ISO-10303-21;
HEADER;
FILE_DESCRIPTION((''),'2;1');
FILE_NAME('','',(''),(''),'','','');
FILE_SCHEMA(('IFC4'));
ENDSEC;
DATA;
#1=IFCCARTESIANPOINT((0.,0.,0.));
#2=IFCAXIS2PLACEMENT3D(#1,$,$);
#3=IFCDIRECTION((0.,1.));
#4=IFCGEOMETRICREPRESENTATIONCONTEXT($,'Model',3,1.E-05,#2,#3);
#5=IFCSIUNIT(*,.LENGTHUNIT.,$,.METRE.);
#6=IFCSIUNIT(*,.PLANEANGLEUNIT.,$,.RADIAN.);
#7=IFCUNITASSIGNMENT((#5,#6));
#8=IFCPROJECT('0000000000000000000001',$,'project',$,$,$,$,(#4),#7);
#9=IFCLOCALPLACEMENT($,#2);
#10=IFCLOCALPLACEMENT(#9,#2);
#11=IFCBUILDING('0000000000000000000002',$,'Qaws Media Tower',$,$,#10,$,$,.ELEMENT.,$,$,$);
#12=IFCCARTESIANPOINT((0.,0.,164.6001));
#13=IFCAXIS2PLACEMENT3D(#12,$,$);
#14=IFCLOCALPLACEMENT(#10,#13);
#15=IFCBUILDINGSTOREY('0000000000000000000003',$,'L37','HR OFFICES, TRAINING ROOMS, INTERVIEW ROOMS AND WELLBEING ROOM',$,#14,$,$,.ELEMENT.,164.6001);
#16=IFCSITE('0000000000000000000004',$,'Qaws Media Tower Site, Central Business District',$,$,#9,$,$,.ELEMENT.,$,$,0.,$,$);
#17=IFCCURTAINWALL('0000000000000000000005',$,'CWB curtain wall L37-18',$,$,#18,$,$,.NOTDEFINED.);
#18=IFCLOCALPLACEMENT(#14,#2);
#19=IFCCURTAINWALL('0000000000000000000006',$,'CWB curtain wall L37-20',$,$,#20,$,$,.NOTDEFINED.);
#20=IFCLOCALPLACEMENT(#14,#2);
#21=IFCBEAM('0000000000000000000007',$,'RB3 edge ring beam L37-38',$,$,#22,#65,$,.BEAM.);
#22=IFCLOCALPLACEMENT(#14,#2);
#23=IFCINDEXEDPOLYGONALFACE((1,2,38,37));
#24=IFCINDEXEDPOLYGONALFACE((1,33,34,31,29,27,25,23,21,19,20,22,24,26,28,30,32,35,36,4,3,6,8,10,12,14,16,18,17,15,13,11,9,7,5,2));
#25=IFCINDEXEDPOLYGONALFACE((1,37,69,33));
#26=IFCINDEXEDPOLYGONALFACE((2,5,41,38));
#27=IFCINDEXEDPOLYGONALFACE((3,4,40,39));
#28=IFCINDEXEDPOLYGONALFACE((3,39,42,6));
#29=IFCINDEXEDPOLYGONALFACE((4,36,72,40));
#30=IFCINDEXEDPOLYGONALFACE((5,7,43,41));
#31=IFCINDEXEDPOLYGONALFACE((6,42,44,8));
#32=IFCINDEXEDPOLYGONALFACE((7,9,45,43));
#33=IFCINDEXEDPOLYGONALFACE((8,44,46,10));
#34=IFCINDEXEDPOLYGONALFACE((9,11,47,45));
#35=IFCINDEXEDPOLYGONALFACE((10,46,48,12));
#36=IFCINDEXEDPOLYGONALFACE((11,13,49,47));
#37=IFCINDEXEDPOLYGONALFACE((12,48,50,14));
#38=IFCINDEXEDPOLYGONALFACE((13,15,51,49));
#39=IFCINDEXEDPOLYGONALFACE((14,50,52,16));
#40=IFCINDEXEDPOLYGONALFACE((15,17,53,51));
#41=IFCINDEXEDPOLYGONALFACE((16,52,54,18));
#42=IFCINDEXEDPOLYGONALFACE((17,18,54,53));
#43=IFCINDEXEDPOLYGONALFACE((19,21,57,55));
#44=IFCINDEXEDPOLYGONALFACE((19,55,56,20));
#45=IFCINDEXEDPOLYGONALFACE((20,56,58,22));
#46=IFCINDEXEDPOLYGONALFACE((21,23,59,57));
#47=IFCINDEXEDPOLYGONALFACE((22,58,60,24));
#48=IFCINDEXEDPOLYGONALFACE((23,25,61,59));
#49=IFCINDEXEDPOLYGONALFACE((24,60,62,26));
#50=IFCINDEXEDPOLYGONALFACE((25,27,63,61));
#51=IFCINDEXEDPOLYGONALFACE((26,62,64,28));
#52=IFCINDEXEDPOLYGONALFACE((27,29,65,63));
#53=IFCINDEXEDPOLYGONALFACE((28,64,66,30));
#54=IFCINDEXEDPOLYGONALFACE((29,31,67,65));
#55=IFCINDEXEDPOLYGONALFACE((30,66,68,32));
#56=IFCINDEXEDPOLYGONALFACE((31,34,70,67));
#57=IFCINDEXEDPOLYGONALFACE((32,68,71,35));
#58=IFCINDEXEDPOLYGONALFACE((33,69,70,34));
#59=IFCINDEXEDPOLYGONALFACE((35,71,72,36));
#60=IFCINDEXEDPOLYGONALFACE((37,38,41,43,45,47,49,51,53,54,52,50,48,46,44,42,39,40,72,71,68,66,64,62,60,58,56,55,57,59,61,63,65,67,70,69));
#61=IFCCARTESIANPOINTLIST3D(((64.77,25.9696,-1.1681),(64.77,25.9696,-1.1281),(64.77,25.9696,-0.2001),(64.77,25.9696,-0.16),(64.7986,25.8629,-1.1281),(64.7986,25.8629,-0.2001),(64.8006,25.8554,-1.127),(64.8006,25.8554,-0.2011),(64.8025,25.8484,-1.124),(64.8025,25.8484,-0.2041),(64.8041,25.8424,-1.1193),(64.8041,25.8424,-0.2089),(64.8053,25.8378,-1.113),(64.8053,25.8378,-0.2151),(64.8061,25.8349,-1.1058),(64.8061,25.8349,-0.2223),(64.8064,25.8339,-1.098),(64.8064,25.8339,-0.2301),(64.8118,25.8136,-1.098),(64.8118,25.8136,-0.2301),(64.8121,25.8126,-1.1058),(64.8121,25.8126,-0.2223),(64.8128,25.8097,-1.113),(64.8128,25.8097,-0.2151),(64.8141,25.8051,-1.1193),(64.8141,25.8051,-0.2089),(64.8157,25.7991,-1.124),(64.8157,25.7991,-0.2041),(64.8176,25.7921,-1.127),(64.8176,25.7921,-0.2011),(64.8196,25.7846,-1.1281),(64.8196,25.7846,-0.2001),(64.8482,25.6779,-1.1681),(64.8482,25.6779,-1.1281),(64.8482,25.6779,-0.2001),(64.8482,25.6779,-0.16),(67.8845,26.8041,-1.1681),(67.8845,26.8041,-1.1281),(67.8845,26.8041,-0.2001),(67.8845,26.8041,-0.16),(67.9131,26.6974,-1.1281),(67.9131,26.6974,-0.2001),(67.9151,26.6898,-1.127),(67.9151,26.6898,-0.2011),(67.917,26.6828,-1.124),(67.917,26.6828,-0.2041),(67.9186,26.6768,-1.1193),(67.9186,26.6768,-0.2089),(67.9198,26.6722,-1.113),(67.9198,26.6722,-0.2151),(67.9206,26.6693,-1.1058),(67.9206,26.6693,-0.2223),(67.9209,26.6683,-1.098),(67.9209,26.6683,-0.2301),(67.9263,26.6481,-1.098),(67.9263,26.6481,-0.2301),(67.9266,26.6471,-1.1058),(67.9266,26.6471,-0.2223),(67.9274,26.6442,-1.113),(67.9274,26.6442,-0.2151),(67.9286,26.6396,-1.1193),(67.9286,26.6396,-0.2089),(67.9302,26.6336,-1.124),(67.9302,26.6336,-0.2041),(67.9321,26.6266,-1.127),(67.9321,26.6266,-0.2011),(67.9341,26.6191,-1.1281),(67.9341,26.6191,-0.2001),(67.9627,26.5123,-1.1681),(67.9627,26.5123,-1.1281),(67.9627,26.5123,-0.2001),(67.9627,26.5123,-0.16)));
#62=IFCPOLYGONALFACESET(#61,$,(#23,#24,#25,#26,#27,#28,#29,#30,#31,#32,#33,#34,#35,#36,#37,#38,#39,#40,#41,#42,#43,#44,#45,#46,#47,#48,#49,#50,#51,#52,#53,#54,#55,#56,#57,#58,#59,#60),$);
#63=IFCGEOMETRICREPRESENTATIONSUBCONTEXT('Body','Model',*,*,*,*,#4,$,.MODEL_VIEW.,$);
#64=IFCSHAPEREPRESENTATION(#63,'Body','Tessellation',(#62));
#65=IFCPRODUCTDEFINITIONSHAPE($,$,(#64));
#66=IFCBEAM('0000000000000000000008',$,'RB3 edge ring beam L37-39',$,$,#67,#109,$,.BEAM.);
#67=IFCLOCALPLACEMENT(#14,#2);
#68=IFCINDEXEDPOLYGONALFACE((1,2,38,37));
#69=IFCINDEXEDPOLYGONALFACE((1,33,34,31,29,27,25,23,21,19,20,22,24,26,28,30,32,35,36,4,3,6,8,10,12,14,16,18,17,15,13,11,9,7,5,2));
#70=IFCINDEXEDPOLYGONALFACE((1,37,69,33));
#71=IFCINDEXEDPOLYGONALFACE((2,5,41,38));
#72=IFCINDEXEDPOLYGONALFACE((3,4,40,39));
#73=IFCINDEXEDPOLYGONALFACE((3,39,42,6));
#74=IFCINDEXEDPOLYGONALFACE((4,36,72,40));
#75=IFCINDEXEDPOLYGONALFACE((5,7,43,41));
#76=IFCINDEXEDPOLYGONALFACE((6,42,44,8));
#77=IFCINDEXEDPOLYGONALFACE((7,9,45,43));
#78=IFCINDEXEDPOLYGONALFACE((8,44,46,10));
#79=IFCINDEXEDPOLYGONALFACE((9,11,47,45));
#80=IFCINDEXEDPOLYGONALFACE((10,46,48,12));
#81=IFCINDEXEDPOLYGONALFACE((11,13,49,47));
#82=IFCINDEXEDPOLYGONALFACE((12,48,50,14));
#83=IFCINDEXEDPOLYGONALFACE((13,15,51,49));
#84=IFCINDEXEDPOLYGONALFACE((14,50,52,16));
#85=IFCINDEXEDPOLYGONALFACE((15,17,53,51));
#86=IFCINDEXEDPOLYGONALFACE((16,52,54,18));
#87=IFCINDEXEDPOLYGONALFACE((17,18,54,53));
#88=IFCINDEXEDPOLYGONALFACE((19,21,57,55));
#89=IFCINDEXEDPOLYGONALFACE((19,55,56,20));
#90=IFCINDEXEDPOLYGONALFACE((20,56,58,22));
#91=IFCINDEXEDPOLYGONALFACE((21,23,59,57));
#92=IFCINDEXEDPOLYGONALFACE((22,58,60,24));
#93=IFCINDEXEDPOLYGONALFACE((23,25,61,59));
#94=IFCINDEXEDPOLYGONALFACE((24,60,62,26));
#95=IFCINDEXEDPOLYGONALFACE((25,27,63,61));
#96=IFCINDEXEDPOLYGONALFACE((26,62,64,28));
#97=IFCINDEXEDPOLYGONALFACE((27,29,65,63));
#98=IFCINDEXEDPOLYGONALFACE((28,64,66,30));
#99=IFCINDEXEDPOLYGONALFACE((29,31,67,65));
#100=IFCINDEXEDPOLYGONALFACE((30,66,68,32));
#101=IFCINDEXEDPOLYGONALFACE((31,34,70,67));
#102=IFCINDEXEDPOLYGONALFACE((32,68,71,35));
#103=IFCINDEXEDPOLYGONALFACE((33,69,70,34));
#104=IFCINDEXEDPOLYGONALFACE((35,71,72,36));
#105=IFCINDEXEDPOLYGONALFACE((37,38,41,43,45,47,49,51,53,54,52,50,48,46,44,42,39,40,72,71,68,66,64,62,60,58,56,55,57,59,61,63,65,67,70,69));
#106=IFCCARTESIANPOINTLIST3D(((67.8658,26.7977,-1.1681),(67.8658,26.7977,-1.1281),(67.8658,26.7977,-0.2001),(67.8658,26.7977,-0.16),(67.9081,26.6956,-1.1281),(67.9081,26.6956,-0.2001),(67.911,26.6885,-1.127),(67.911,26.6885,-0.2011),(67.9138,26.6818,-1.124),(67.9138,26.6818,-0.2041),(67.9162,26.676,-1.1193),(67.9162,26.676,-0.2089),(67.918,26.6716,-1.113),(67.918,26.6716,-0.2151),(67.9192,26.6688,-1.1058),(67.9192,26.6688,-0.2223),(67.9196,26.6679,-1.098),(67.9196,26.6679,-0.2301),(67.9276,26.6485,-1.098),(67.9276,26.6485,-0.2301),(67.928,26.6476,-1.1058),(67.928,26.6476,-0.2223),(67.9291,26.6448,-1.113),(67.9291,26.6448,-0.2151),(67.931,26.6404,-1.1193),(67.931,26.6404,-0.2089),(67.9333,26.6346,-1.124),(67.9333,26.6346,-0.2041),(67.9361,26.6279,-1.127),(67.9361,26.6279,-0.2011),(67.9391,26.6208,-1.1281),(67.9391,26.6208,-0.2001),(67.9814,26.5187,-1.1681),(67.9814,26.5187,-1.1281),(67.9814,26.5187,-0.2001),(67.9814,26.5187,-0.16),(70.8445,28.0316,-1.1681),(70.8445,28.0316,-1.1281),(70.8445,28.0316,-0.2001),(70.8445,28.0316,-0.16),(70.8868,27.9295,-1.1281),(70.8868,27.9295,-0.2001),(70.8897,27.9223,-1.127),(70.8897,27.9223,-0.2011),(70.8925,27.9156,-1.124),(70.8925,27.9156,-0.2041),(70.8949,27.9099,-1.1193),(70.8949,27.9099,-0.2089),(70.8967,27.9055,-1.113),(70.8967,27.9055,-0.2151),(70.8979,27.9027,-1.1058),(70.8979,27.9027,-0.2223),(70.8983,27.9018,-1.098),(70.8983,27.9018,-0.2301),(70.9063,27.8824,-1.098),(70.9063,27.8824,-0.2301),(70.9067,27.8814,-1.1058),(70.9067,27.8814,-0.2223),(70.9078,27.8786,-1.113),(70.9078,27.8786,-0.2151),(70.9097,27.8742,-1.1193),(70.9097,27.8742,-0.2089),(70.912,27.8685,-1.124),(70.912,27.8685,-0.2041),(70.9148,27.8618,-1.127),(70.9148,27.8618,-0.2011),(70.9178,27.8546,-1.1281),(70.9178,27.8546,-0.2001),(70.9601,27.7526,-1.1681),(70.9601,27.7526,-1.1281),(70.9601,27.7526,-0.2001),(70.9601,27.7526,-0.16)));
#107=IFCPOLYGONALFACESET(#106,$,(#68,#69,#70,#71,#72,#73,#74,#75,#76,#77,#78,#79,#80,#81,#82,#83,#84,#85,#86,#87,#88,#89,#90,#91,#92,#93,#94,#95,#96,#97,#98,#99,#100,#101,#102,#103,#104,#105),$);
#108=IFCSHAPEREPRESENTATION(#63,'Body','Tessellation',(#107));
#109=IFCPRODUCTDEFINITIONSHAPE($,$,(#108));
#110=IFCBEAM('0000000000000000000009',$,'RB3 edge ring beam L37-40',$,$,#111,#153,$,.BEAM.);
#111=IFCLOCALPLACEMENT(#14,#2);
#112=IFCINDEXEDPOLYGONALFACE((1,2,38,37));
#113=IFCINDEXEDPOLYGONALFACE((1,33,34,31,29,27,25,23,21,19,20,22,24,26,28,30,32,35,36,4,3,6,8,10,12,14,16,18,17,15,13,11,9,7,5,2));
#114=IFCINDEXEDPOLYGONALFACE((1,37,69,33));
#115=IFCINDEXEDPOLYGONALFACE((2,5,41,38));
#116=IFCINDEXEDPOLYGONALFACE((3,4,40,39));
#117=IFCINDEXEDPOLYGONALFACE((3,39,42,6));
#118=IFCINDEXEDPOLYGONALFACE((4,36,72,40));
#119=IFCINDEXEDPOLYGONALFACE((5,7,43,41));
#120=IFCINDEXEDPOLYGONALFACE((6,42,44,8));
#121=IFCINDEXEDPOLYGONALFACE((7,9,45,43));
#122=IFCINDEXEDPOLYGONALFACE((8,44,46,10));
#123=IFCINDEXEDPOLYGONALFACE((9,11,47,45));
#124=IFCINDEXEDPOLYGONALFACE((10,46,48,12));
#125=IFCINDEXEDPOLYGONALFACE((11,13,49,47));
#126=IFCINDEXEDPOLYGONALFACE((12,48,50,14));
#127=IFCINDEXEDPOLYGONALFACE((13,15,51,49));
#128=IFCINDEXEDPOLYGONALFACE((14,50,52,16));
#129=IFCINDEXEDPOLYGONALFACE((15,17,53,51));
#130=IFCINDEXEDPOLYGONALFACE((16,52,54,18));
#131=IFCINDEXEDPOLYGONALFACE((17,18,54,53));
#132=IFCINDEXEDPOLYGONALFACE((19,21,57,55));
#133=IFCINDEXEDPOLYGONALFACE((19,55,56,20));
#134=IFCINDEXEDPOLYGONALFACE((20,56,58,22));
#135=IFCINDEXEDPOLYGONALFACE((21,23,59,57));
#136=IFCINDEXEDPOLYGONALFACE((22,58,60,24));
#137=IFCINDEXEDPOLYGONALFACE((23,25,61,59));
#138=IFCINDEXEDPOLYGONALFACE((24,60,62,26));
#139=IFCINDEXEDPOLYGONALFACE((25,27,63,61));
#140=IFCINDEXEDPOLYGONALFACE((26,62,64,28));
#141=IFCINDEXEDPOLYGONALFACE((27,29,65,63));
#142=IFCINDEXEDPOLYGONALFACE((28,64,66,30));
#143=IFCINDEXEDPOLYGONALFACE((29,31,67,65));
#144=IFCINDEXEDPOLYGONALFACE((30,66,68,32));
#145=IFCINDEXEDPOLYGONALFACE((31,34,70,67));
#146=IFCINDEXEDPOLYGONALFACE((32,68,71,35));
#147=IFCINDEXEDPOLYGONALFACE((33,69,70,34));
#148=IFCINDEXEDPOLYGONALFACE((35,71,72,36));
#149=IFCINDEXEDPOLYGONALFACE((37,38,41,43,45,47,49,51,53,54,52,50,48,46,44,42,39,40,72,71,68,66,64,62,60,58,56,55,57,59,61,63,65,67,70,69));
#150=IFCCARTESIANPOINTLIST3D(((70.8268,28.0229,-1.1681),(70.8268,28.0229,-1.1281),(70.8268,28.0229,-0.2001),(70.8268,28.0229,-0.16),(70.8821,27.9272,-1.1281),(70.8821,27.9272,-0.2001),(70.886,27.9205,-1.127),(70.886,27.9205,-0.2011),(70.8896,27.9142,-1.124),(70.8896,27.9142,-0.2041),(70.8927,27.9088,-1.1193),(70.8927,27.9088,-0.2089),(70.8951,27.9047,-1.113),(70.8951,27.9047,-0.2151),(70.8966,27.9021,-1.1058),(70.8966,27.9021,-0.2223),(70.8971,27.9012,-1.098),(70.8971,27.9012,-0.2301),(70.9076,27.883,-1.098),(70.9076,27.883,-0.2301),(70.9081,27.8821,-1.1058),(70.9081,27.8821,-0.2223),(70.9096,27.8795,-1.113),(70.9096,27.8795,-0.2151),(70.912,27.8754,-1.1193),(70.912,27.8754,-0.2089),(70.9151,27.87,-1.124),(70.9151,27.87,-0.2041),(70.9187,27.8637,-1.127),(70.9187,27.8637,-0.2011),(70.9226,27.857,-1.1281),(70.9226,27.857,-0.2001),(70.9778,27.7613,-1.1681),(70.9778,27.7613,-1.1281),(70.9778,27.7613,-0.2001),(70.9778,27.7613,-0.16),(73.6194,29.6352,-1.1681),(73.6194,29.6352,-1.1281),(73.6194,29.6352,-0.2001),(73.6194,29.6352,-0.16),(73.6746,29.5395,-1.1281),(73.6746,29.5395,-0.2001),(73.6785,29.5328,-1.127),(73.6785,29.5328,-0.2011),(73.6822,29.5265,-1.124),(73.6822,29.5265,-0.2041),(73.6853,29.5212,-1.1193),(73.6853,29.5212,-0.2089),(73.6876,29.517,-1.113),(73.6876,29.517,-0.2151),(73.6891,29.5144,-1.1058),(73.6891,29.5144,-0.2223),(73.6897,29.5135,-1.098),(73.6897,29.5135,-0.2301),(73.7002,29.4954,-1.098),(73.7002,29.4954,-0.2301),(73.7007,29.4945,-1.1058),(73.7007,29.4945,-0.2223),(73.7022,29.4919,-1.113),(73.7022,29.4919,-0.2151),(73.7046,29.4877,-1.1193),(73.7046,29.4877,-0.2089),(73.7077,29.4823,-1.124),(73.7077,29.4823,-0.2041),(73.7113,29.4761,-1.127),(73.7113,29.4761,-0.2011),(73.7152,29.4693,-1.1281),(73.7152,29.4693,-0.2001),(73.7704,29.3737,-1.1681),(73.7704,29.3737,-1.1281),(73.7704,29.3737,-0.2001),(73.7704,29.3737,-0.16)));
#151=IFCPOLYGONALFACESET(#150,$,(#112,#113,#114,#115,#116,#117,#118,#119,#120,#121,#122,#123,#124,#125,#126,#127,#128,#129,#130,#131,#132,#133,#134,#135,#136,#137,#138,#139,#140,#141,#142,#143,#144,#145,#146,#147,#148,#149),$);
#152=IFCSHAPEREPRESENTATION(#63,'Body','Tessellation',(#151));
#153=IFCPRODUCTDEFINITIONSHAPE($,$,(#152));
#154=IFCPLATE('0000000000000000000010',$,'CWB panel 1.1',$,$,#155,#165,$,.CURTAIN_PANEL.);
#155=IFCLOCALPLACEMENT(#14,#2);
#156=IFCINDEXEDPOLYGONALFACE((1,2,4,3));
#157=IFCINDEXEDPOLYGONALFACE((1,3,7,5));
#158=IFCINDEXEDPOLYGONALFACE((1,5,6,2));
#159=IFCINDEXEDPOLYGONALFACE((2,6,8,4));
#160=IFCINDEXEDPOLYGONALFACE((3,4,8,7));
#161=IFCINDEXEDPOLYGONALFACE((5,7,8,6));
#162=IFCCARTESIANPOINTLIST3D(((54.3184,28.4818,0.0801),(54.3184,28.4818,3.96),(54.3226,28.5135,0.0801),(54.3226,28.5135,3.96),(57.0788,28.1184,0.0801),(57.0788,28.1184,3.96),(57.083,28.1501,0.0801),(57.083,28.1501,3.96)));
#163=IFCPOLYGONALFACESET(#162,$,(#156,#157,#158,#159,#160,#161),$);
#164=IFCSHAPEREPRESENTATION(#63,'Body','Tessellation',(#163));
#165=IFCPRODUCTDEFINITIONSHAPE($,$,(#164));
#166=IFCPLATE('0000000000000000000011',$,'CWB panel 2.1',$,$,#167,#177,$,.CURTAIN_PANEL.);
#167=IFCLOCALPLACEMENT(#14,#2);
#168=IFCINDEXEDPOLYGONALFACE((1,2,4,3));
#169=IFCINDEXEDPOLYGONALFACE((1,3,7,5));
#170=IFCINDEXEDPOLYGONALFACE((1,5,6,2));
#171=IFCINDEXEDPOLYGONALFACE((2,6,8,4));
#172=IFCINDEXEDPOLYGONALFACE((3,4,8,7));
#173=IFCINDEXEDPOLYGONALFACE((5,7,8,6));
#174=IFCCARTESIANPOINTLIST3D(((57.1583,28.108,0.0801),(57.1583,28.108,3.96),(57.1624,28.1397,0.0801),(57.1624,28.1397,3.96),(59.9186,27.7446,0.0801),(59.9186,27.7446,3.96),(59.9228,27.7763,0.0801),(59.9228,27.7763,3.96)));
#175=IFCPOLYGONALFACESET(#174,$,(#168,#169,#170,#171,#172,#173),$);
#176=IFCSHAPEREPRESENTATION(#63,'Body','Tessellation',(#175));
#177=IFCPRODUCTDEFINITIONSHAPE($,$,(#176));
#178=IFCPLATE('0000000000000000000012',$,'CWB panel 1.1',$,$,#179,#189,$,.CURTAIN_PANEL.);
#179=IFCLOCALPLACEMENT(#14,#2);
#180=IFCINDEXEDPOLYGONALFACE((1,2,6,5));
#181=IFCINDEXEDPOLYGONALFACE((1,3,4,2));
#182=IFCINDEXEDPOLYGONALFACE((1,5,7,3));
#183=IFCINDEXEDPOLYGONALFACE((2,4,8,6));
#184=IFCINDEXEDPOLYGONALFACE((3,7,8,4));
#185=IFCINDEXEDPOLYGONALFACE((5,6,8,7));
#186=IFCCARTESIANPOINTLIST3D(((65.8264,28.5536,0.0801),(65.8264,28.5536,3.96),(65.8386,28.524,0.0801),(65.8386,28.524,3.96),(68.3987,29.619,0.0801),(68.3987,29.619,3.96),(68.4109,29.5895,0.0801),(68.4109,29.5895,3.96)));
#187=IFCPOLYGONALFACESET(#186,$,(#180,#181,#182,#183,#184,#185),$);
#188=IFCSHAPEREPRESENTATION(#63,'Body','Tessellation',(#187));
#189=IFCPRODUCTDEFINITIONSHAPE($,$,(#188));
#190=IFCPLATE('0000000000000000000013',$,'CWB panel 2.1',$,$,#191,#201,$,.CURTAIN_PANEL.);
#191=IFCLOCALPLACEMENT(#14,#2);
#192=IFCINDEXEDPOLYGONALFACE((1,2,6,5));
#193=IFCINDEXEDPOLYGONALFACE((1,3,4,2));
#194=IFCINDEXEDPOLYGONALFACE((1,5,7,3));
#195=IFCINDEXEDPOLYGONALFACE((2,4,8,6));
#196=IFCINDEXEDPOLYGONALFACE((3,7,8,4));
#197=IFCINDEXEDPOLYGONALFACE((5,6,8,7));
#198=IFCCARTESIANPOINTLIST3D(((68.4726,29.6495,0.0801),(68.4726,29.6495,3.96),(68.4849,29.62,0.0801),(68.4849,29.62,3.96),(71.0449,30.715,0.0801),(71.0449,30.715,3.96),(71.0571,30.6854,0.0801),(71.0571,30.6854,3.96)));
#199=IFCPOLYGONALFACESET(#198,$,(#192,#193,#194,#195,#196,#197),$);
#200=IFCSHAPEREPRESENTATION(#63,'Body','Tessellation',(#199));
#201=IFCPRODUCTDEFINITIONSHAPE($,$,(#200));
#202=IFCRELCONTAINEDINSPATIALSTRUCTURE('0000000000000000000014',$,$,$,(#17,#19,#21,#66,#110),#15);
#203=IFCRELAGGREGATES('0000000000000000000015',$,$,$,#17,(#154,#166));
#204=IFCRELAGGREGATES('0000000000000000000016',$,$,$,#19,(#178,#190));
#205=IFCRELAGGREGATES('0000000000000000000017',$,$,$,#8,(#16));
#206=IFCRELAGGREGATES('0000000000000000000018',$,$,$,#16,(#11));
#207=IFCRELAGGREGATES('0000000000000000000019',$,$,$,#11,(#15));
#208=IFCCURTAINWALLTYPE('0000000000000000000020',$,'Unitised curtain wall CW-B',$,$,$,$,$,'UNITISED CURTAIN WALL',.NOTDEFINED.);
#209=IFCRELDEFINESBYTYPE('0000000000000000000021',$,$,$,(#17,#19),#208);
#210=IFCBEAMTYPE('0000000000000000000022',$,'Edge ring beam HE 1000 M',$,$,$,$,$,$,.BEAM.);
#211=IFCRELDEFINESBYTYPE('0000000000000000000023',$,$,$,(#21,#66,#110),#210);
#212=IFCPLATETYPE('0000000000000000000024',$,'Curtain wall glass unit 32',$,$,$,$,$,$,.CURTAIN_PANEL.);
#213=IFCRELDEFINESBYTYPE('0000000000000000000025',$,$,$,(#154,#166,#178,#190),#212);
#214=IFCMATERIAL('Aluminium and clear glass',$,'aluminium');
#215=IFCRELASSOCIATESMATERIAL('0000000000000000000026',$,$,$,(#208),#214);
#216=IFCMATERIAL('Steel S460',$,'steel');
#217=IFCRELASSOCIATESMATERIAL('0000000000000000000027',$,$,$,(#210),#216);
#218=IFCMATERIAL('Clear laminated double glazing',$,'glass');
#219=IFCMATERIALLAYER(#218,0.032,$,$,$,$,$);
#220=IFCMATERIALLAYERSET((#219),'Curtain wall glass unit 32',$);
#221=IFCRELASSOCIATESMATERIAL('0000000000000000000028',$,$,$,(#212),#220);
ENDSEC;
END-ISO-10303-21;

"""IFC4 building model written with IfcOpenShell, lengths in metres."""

from ifc_helpers import new_model, si_unit, direction, frame, origin, origin_2d, place, context, subcontext, project, spatial, rectangle, i_section, extrude, material, layer, layer_set, material_profile, profile_set, type_object, element, aggregate, save


model = new_model("IFC4")

# Units and contexts
model_context = context("Model", 3, precision=1e-05, world=origin(), true_north=direction((0.0, 1.0)))
body_context = subcontext(model_context, "Body", "Model", "MODEL_VIEW")
ifc_project = project(units=[si_unit("LENGTHUNIT", "METRE"), si_unit("PLANEANGLEUNIT", "RADIAN")], contexts=[model_context])

# Site, building, storey
site_placement = place(None, origin())
site = spatial("IfcSite", under=ifc_project, at=site_placement, Name="Qaws Media Tower Site, Central Business District", CompositionType="ELEMENT", RefElevation=0.0)
building_placement = place(site_placement, origin())
building = spatial("IfcBuilding", under=site, at=building_placement, Name="Qaws Media Tower", CompositionType="ELEMENT")
storey_placement = place(building_placement, frame((0.0, 0.0, 164.6001)))
storey = spatial("IfcBuildingStorey", under=building, at=storey_placement, Name="L37", Description="HR OFFICES, TRAINING ROOMS, INTERVIEW ROOMS AND WELLBEING ROOM", CompositionType="ELEMENT", Elevation=164.6001)

# Curtain walls
ifc_material_1 = material(Name="Aluminium and clear glass", Category="aluminium")
curtain_wall_type = type_object("IfcCurtainWallType", Name="Unitised curtain wall CW-B", ElementType="UNITISED CURTAIN WALL", PredefinedType="NOTDEFINED", material=ifc_material_1)
curtain_wall_1_placement = place(storey_placement, origin())
curtain_wall_1 = element("IfcCurtainWall", 1, at=curtain_wall_1_placement, inside=storey, type_object=curtain_wall_type, Name="CWB curtain wall L37-18", PredefinedType="NOTDEFINED")
curtain_wall_2_placement = place(storey_placement, origin())
curtain_wall_2 = element("IfcCurtainWall", 2, at=curtain_wall_2_placement, inside=storey, type_object=curtain_wall_type, Name="CWB curtain wall L37-20", PredefinedType="NOTDEFINED")

# Beams
ifc_material_2 = material(Name="Steel S460", Category="steel")
ifc_material_profile_1 = material_profile(ifc_material_2, i_section(OverallWidth=0.302, OverallDepth=1.0081, WebThickness=0.021, FlangeThickness=0.04, FilletRadius=0.03, at=origin_2d()), Name="HE 1000 M")
ifc_profile_set_1 = profile_set([ifc_material_profile_1], Name="Steel S460")
beam_type = type_object("IfcBeamType", Name="Edge ring beam HE 1000 M", PredefinedType="BEAM", material=ifc_profile_set_1)
for number, where, z_axis, x_axis, name in (
    (3, (64.8091, 25.8237, -0.6641), (0.96593, 0.258803, 0.0), (-0.258803, 0.96593, 0.0), "RB3 edge ring beam L37-38"),
):
    element("IfcBeam", number, at=place(storey_placement, frame(where, z_axis=z_axis, x_axis=x_axis)), inside=storey, type_object=beam_type, Name=name, PredefinedType="BEAM", context=body_context, shape_type="SweptSolid", body=[
        extrude(i_section(OverallWidth=0.302, OverallDepth=1.0081, WebThickness=0.021, FlangeThickness=0.04, FilletRadius=0.03, at=origin_2d()), origin(), (0.0, 0.0, 1.0), 3.2244),
    ])
beam_1_placement = place(storey_placement, frame((67.9236, 26.6582, -0.6641), z_axis=(0.923875, 0.382695, 0.0), x_axis=(-0.382695, 0.923875, 0.0)))
element("IfcBeam", 4, at=beam_1_placement, inside=storey, type_object=beam_type, Name="RB3 edge ring beam L37-39", PredefinedType="BEAM", context=body_context, shape_type="SweptSolid", body=[
    extrude(i_section(OverallWidth=0.302, OverallDepth=1.0081, WebThickness=0.021, FlangeThickness=0.04, FilletRadius=0.03, at=origin_2d()), origin(), (0.0, 0.0, 1.0), 3.2241),
])
beam_2_placement = place(storey_placement, frame((70.9023, 27.8921, -0.6641), z_axis=(0.866017, 0.500015, 0.0), x_axis=(-0.500015, 0.866017, 0.0)))
element("IfcBeam", 5, at=beam_2_placement, inside=storey, type_object=beam_type, Name="RB3 edge ring beam L37-40", PredefinedType="BEAM", context=body_context, shape_type="SweptSolid", body=[
    extrude(i_section(OverallWidth=0.302, OverallDepth=1.0081, WebThickness=0.021, FlangeThickness=0.04, FilletRadius=0.03, at=origin_2d()), origin(), (0.0, 0.0, 1.0), 3.2246),
])

# Plates
ifc_material_3 = material(Name="Clear laminated double glazing", Category="glass")
ifc_layer_1 = layer(ifc_material_3, 0.032)
ifc_layer_set_1 = layer_set([ifc_layer_1], Name="Curtain wall glass unit 32")
plate_type_1 = type_object("IfcPlateType", Name="Curtain wall glass unit 32", PredefinedType="CURTAIN_PANEL", material=ifc_layer_set_1)
plate_1_placement = place(storey_placement, frame((55.7007, 28.3159, 0.0801), z_axis=(0.0, 0.0, 1.0), x_axis=(0.991445, -0.130526, 0.0)))
plate_1 = element("IfcPlate", 6, at=plate_1_placement, type_object=plate_type_1, Name="CWB panel 1.1", PredefinedType="CURTAIN_PANEL", context=body_context, shape_type="SweptSolid", body=[
    extrude(rectangle(XDim=2.7842, YDim=0.032, at=origin_2d()), origin(), (0.0, 0.0, 1.0), 3.8799),
])
plate_2_placement = place(storey_placement, frame((58.5405, 27.9421, 0.0801), z_axis=(0.0, 0.0, 1.0), x_axis=(0.991445, -0.130526, 0.0)))
plate_2 = element("IfcPlate", 7, at=plate_2_placement, type_object=plate_type_1, Name="CWB panel 2.1", PredefinedType="CURTAIN_PANEL", context=body_context, shape_type="SweptSolid", body=[
    extrude(rectangle(XDim=2.7842, YDim=0.032, at=origin_2d()), origin(), (0.0, 0.0, 1.0), 3.8799),
])
aggregate(curtain_wall_1, [plate_1, plate_2])
plate_3_placement = place(storey_placement, frame((67.1187, 29.0715, 0.0801), z_axis=(0.0, 0.0, 1.0), x_axis=(0.923879, 0.382684, 0.0)))
plate_3 = element("IfcPlate", 8, at=plate_3_placement, type_object=plate_type_1, Name="CWB panel 1.1", PredefinedType="CURTAIN_PANEL", context=body_context, shape_type="SweptSolid", body=[
    extrude(rectangle(XDim=2.7842, YDim=0.032, at=origin_2d()), origin(), (0.0, 0.0, 1.0), 3.8799),
])
plate_4_placement = place(storey_placement, frame((69.7649, 30.1675, 0.0801), z_axis=(0.0, 0.0, 1.0), x_axis=(0.923879, 0.382684, 0.0)))
plate_4 = element("IfcPlate", 9, at=plate_4_placement, type_object=plate_type_1, Name="CWB panel 2.1", PredefinedType="CURTAIN_PANEL", context=body_context, shape_type="SweptSolid", body=[
    extrude(rectangle(XDim=2.7842, YDim=0.032, at=origin_2d()), origin(), (0.0, 0.0, 1.0), 3.8799),
])
aggregate(curtain_wall_2, [plate_3, plate_4])

save(model, "model.ifc")
